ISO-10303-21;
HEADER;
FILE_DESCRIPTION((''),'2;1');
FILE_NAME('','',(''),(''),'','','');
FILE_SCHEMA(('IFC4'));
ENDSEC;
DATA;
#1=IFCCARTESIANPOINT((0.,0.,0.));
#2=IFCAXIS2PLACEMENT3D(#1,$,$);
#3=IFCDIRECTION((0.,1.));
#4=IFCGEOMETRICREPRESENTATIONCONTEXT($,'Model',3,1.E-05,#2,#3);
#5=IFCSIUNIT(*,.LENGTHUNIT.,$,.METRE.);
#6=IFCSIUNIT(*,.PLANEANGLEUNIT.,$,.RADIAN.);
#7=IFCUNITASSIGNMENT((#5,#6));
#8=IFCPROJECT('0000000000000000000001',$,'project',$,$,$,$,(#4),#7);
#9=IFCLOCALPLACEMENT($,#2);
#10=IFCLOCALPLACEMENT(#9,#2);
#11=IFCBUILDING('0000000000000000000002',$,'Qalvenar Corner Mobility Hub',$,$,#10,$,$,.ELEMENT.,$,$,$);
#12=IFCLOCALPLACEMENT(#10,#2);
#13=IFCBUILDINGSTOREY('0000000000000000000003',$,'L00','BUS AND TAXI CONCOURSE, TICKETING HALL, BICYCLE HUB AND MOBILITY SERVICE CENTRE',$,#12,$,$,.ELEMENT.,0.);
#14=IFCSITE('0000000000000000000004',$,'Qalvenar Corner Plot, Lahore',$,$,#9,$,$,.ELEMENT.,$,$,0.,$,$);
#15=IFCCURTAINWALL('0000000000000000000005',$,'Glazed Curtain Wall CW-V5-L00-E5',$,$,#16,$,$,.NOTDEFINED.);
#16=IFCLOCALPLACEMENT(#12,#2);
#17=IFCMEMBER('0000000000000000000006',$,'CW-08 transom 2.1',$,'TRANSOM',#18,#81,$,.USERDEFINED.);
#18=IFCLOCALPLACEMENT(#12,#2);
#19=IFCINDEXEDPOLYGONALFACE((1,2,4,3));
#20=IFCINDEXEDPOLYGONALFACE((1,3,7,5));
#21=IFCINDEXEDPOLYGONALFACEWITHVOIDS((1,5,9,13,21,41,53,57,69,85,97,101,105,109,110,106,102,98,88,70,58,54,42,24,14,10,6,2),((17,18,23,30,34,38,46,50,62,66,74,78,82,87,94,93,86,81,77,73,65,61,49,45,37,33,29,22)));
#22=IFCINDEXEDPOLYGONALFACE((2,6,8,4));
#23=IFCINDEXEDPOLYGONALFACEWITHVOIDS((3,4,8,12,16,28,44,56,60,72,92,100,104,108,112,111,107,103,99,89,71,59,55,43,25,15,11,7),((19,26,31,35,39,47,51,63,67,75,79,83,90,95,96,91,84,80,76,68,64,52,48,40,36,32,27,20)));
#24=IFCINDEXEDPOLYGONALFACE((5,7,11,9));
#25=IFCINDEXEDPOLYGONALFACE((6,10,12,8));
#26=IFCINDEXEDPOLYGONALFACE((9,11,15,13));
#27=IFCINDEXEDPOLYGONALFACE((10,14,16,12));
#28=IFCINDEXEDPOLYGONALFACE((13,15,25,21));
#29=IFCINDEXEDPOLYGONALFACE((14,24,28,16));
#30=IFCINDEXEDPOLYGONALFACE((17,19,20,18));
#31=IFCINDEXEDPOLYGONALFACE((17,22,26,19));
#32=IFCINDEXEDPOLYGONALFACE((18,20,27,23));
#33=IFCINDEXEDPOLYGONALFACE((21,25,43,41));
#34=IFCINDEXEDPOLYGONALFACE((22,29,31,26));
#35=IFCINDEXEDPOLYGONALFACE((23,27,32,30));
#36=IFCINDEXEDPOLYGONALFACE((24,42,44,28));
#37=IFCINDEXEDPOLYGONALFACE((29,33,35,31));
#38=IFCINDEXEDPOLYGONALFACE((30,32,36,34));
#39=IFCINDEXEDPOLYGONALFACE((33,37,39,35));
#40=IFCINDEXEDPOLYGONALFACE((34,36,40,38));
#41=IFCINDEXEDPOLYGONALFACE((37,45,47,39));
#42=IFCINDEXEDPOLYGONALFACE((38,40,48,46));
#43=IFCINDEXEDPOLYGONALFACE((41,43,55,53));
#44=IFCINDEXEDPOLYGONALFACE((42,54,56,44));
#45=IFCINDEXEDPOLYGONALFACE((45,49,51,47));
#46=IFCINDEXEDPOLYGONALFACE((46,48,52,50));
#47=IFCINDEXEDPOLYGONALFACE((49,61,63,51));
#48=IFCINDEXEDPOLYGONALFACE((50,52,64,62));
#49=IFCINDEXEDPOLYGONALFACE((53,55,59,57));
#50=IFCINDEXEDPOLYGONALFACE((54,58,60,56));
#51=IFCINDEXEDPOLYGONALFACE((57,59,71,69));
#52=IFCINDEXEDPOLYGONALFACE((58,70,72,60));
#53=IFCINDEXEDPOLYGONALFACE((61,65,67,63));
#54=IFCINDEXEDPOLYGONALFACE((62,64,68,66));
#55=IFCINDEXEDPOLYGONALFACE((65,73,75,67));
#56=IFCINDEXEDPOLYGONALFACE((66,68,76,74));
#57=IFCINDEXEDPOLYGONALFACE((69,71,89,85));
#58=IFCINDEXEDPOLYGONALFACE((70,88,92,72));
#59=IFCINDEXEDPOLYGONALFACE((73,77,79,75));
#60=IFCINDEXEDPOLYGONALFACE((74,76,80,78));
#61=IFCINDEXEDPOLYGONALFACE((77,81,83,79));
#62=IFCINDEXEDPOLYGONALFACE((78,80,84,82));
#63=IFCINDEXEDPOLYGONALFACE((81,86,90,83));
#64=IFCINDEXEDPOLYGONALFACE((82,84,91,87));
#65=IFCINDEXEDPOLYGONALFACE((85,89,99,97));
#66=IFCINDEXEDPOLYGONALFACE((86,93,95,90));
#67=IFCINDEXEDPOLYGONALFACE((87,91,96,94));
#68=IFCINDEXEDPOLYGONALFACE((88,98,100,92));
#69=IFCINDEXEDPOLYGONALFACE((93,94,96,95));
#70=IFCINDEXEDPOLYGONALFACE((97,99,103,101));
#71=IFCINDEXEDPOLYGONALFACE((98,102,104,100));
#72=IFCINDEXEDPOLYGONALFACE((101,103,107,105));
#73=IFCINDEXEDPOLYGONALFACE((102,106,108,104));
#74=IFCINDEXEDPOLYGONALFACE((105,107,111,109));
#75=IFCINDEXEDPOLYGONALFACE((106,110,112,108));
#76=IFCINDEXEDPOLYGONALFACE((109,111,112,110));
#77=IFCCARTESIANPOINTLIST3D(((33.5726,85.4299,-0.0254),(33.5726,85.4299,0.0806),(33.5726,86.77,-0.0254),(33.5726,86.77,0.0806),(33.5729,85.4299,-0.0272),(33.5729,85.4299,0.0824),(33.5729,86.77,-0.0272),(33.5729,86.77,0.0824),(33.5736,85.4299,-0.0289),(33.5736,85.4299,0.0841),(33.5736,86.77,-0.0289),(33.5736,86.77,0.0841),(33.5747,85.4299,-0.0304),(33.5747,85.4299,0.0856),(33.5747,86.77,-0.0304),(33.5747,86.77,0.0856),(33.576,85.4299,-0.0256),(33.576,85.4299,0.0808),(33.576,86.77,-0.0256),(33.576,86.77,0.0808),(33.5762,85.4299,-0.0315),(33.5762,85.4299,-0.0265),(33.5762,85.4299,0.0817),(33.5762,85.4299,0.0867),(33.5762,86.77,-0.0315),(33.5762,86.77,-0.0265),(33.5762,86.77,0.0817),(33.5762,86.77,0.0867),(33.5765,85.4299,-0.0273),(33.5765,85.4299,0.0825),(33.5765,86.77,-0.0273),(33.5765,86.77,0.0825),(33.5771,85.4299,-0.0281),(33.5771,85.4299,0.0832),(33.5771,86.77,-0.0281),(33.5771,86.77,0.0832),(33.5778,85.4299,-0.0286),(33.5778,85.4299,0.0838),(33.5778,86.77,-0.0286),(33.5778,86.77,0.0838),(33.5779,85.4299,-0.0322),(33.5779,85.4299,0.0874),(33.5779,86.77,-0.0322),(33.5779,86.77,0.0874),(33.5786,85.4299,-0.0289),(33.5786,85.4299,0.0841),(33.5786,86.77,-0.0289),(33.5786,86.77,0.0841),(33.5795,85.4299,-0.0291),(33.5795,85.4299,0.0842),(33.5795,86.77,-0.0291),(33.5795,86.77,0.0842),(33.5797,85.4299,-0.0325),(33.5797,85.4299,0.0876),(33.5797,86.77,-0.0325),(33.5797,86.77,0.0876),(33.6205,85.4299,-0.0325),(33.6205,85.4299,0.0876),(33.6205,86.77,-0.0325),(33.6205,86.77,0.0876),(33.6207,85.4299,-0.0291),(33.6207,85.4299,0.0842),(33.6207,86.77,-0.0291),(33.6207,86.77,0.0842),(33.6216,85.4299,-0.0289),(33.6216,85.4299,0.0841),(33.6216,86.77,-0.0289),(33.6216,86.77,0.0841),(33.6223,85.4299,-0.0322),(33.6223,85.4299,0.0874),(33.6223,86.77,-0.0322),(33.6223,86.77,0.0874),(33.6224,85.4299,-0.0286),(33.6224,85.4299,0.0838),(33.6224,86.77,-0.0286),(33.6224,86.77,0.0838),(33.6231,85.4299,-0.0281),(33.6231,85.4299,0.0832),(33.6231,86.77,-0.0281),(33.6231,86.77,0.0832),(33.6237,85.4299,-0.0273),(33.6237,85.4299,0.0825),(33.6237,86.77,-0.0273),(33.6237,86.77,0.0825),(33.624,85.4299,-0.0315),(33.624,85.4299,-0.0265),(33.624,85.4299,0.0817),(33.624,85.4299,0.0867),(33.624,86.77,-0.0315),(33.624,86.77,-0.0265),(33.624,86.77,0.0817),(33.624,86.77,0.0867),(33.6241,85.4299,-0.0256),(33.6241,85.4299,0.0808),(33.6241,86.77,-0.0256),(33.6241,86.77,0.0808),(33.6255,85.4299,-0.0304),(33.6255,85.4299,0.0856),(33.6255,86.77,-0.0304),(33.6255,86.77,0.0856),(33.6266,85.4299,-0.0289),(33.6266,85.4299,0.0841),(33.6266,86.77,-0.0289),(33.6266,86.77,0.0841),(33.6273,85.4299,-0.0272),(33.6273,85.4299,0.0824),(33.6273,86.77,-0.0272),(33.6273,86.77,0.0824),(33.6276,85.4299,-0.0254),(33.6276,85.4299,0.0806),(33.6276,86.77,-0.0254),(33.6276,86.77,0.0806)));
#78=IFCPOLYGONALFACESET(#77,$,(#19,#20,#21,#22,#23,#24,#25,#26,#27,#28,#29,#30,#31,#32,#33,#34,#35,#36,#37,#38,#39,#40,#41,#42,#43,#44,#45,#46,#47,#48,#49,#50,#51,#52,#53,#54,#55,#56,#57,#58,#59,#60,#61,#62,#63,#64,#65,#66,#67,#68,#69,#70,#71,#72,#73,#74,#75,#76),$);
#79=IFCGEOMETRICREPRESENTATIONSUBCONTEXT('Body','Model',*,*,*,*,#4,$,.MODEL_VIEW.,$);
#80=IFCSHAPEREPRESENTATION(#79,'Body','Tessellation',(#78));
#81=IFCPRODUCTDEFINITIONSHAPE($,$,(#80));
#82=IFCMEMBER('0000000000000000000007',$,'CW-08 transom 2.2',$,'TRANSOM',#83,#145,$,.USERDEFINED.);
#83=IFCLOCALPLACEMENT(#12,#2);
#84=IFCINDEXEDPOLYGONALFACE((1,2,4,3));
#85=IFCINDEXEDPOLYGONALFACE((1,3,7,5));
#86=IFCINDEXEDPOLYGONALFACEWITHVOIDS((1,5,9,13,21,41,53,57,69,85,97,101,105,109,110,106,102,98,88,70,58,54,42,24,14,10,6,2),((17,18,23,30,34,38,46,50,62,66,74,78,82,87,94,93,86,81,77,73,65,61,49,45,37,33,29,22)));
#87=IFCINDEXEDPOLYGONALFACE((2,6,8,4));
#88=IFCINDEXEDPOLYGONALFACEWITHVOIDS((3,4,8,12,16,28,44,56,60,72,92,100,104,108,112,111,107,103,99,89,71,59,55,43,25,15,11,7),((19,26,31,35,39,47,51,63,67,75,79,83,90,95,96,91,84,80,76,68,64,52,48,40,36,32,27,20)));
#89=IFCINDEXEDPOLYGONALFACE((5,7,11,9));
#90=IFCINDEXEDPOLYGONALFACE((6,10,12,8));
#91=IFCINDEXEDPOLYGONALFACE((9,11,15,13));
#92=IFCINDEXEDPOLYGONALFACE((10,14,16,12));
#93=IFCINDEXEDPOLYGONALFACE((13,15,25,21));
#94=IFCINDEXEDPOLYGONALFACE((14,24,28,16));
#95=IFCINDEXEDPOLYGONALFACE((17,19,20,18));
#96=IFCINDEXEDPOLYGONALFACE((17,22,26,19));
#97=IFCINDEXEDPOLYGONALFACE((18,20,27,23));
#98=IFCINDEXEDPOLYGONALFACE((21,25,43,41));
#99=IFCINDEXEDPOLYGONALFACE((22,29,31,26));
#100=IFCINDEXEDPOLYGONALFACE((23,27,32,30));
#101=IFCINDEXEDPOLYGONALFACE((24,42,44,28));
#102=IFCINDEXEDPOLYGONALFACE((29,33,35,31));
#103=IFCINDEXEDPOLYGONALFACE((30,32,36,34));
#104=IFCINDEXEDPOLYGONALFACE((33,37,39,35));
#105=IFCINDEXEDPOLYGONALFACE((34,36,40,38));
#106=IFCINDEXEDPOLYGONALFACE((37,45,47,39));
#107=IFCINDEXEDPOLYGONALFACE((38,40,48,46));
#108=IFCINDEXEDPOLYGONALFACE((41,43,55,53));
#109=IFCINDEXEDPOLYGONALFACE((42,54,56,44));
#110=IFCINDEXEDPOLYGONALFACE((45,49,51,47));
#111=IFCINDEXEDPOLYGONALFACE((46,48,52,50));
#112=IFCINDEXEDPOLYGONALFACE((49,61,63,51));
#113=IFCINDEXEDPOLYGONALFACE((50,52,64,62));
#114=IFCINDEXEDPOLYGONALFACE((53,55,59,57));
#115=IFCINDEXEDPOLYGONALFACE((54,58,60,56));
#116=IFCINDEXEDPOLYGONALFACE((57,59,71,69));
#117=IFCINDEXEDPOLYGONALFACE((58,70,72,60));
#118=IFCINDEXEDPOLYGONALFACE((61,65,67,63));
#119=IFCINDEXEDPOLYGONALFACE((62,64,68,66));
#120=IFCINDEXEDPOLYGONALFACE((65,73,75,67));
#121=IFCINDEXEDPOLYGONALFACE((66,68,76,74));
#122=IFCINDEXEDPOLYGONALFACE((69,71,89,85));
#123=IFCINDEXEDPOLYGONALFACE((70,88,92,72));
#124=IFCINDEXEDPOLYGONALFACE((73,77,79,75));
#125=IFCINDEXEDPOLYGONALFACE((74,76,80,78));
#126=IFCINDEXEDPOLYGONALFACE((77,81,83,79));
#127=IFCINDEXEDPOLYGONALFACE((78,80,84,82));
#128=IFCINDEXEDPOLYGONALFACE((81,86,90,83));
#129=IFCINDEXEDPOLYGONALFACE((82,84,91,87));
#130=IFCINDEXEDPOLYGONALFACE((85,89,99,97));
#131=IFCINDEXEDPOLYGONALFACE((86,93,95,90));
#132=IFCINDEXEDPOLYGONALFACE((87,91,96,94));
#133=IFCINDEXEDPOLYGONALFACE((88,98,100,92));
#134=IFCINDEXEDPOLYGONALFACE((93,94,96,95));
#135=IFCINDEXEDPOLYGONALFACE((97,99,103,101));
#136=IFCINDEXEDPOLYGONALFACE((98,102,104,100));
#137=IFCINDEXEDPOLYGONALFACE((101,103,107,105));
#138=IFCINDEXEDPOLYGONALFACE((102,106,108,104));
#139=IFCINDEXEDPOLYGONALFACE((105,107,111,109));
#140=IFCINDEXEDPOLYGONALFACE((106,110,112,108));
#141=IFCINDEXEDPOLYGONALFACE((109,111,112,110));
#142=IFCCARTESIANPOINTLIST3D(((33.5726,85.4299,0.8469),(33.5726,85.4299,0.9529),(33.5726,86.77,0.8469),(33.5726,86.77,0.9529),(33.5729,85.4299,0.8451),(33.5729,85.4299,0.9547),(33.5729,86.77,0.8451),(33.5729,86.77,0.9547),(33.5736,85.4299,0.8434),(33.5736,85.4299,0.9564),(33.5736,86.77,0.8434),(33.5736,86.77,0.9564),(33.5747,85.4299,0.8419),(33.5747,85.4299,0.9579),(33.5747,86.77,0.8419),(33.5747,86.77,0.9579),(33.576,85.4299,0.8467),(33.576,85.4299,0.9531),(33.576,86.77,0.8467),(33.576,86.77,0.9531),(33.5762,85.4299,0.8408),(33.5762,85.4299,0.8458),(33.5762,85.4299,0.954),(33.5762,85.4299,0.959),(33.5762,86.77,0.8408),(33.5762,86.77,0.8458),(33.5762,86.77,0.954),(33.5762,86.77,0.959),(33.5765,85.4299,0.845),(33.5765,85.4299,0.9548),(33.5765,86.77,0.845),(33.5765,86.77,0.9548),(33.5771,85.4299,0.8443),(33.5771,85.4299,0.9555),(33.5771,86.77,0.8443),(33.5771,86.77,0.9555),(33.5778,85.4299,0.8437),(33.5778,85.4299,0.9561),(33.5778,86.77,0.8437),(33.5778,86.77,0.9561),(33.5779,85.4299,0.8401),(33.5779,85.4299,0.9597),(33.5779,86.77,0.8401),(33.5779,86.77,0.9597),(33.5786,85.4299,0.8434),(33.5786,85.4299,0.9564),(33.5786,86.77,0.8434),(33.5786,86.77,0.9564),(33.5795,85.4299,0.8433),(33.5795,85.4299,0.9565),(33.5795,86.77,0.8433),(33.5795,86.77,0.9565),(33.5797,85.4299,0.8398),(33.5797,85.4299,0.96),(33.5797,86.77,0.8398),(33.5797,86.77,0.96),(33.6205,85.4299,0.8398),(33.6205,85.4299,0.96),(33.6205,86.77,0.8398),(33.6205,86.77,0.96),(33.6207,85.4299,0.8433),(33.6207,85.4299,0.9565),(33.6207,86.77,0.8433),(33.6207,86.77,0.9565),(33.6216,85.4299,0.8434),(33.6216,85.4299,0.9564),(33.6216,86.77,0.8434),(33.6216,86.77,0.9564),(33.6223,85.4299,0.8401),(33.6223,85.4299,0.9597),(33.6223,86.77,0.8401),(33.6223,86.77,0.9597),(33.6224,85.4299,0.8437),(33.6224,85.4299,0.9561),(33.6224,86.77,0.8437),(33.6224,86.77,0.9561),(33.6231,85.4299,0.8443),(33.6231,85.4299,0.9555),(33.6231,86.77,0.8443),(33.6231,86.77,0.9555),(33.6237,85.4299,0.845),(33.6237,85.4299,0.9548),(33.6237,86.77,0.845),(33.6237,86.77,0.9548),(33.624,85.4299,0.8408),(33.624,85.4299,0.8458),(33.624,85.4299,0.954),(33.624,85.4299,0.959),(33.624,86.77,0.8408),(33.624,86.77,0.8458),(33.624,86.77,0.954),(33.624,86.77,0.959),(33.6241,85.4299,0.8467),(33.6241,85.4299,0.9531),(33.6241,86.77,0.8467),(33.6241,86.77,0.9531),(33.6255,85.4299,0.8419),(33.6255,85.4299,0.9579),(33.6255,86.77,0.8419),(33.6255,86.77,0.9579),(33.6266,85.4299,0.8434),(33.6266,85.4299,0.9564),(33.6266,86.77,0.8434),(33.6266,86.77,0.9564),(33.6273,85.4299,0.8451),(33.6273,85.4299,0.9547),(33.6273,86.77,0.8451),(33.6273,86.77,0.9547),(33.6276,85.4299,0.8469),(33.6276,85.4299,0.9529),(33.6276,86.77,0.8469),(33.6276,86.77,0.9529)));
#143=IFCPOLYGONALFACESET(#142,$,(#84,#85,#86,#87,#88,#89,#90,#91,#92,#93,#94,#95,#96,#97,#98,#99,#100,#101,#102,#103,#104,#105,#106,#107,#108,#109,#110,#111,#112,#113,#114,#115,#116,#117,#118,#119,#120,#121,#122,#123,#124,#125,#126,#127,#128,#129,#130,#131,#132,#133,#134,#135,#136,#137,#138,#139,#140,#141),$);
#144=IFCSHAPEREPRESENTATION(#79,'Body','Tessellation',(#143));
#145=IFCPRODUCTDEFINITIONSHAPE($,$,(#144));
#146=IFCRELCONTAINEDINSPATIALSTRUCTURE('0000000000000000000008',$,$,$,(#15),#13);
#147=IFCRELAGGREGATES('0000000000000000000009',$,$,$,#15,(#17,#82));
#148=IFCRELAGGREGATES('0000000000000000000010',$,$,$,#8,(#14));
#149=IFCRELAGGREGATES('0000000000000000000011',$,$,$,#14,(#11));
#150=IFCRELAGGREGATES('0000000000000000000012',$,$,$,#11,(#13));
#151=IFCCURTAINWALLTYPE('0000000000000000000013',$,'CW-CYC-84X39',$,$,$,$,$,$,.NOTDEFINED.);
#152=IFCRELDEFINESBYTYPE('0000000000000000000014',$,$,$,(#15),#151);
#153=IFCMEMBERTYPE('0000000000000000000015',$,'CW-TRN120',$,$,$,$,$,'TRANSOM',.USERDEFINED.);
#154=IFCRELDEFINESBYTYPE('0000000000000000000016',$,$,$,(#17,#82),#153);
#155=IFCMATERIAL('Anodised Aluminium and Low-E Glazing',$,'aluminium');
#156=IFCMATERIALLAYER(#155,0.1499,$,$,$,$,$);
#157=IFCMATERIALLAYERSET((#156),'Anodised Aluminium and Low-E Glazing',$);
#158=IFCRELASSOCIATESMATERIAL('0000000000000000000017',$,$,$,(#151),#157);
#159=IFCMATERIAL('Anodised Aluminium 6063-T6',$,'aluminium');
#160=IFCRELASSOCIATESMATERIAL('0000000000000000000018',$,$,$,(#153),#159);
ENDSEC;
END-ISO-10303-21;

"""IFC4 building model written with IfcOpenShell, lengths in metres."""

from ifc_helpers import new_model, si_unit, direction, frame, origin, origin_2d, place, context, subcontext, project, spatial, hollow_rectangle, extrude, material, layer, layer_set, material_profile, profile_set, type_object, element, aggregate, save


model = new_model("IFC4")

# Units and contexts
model_context = context("Model", 3, precision=1e-05, world=origin(), true_north=direction((0.0, 1.0)))
body_context = subcontext(model_context, "Body", "Model", "MODEL_VIEW")
ifc_project = project(units=[si_unit("LENGTHUNIT", "METRE"), si_unit("PLANEANGLEUNIT", "RADIAN")], contexts=[model_context])

# Site, building, storey
site_placement = place(None, origin())
site = spatial("IfcSite", under=ifc_project, at=site_placement, Name="Qalvenar Corner Plot, Lahore", CompositionType="ELEMENT", RefElevation=0.0)
building_placement = place(site_placement, origin())
building = spatial("IfcBuilding", under=site, at=building_placement, Name="Qalvenar Corner Mobility Hub", CompositionType="ELEMENT")
storey_placement = place(building_placement, origin())
storey = spatial("IfcBuildingStorey", under=building, at=storey_placement, Name="L00", Description="BUS AND TAXI CONCOURSE, TICKETING HALL, BICYCLE HUB AND MOBILITY SERVICE CENTRE", CompositionType="ELEMENT", Elevation=0.0)

# Curtain wall, members
ifc_material_1 = material(Name="Anodised Aluminium and Low-E Glazing", Category="aluminium")
ifc_layer_1 = layer(ifc_material_1, 0.1499)
ifc_layer_set_1 = layer_set([ifc_layer_1], Name="Anodised Aluminium and Low-E Glazing")
curtain_wall_type = type_object("IfcCurtainWallType", Name="CW-CYC-84X39", PredefinedType="NOTDEFINED", material=ifc_layer_set_1)
curtain_wall_placement = place(storey_placement, origin())
curtain_wall = element("IfcCurtainWall", 1, at=curtain_wall_placement, inside=storey, type_object=curtain_wall_type, Name="Glazed Curtain Wall CW-V5-L00-E5", PredefinedType="NOTDEFINED")
ifc_material_2 = material(Name="Anodised Aluminium 6063-T6", Category="aluminium")
ifc_material_profile_1 = material_profile(ifc_material_2, hollow_rectangle(XDim=0.0549, YDim=0.1201, WallThickness=0.0034, InnerFilletRadius=0.0034, OuterFilletRadius=0.0071, at=origin_2d()), Name="RHS120x55x3.5")
ifc_profile_set_1 = profile_set([ifc_material_profile_1], Name="Anodised Aluminium 6063-T6")
member_type_1 = type_object("IfcMemberType", Name="CW-TRN120", ElementType="TRANSOM", PredefinedType="USERDEFINED", material=ifc_profile_set_1)
member_1_placement = place(storey_placement, frame((33.6001, 85.4299, 0.0276), z_axis=(0.0, 1.0, 0.0), x_axis=(-1.0, 0.0, 0.0)))
member_1 = element("IfcMember", 2, at=member_1_placement, type_object=member_type_1, Name="CW-08 transom 2.1", ObjectType="TRANSOM", PredefinedType="USERDEFINED", context=body_context, shape_type="SweptSolid", body=[
    extrude(hollow_rectangle(XDim=0.0549, YDim=0.1201, WallThickness=0.0034, InnerFilletRadius=0.0034, OuterFilletRadius=0.0071, at=origin_2d()), origin(), (0.0, 0.0, 1.0), 1.3401),
])
member_2_placement = place(storey_placement, frame((33.6001, 85.4299, 0.8999), z_axis=(0.0, 1.0, 0.0), x_axis=(-1.0, 0.0, 0.0)))
member_2 = element("IfcMember", 3, at=member_2_placement, type_object=member_type_1, Name="CW-08 transom 2.2", ObjectType="TRANSOM", PredefinedType="USERDEFINED", context=body_context, shape_type="SweptSolid", body=[
    extrude(hollow_rectangle(XDim=0.0549, YDim=0.1201, WallThickness=0.0034, InnerFilletRadius=0.0034, OuterFilletRadius=0.0071, at=origin_2d()), origin(), (0.0, 0.0, 1.0), 1.3401),
])
aggregate(curtain_wall, [member_1, member_2])

save(model, "model.ifc")
